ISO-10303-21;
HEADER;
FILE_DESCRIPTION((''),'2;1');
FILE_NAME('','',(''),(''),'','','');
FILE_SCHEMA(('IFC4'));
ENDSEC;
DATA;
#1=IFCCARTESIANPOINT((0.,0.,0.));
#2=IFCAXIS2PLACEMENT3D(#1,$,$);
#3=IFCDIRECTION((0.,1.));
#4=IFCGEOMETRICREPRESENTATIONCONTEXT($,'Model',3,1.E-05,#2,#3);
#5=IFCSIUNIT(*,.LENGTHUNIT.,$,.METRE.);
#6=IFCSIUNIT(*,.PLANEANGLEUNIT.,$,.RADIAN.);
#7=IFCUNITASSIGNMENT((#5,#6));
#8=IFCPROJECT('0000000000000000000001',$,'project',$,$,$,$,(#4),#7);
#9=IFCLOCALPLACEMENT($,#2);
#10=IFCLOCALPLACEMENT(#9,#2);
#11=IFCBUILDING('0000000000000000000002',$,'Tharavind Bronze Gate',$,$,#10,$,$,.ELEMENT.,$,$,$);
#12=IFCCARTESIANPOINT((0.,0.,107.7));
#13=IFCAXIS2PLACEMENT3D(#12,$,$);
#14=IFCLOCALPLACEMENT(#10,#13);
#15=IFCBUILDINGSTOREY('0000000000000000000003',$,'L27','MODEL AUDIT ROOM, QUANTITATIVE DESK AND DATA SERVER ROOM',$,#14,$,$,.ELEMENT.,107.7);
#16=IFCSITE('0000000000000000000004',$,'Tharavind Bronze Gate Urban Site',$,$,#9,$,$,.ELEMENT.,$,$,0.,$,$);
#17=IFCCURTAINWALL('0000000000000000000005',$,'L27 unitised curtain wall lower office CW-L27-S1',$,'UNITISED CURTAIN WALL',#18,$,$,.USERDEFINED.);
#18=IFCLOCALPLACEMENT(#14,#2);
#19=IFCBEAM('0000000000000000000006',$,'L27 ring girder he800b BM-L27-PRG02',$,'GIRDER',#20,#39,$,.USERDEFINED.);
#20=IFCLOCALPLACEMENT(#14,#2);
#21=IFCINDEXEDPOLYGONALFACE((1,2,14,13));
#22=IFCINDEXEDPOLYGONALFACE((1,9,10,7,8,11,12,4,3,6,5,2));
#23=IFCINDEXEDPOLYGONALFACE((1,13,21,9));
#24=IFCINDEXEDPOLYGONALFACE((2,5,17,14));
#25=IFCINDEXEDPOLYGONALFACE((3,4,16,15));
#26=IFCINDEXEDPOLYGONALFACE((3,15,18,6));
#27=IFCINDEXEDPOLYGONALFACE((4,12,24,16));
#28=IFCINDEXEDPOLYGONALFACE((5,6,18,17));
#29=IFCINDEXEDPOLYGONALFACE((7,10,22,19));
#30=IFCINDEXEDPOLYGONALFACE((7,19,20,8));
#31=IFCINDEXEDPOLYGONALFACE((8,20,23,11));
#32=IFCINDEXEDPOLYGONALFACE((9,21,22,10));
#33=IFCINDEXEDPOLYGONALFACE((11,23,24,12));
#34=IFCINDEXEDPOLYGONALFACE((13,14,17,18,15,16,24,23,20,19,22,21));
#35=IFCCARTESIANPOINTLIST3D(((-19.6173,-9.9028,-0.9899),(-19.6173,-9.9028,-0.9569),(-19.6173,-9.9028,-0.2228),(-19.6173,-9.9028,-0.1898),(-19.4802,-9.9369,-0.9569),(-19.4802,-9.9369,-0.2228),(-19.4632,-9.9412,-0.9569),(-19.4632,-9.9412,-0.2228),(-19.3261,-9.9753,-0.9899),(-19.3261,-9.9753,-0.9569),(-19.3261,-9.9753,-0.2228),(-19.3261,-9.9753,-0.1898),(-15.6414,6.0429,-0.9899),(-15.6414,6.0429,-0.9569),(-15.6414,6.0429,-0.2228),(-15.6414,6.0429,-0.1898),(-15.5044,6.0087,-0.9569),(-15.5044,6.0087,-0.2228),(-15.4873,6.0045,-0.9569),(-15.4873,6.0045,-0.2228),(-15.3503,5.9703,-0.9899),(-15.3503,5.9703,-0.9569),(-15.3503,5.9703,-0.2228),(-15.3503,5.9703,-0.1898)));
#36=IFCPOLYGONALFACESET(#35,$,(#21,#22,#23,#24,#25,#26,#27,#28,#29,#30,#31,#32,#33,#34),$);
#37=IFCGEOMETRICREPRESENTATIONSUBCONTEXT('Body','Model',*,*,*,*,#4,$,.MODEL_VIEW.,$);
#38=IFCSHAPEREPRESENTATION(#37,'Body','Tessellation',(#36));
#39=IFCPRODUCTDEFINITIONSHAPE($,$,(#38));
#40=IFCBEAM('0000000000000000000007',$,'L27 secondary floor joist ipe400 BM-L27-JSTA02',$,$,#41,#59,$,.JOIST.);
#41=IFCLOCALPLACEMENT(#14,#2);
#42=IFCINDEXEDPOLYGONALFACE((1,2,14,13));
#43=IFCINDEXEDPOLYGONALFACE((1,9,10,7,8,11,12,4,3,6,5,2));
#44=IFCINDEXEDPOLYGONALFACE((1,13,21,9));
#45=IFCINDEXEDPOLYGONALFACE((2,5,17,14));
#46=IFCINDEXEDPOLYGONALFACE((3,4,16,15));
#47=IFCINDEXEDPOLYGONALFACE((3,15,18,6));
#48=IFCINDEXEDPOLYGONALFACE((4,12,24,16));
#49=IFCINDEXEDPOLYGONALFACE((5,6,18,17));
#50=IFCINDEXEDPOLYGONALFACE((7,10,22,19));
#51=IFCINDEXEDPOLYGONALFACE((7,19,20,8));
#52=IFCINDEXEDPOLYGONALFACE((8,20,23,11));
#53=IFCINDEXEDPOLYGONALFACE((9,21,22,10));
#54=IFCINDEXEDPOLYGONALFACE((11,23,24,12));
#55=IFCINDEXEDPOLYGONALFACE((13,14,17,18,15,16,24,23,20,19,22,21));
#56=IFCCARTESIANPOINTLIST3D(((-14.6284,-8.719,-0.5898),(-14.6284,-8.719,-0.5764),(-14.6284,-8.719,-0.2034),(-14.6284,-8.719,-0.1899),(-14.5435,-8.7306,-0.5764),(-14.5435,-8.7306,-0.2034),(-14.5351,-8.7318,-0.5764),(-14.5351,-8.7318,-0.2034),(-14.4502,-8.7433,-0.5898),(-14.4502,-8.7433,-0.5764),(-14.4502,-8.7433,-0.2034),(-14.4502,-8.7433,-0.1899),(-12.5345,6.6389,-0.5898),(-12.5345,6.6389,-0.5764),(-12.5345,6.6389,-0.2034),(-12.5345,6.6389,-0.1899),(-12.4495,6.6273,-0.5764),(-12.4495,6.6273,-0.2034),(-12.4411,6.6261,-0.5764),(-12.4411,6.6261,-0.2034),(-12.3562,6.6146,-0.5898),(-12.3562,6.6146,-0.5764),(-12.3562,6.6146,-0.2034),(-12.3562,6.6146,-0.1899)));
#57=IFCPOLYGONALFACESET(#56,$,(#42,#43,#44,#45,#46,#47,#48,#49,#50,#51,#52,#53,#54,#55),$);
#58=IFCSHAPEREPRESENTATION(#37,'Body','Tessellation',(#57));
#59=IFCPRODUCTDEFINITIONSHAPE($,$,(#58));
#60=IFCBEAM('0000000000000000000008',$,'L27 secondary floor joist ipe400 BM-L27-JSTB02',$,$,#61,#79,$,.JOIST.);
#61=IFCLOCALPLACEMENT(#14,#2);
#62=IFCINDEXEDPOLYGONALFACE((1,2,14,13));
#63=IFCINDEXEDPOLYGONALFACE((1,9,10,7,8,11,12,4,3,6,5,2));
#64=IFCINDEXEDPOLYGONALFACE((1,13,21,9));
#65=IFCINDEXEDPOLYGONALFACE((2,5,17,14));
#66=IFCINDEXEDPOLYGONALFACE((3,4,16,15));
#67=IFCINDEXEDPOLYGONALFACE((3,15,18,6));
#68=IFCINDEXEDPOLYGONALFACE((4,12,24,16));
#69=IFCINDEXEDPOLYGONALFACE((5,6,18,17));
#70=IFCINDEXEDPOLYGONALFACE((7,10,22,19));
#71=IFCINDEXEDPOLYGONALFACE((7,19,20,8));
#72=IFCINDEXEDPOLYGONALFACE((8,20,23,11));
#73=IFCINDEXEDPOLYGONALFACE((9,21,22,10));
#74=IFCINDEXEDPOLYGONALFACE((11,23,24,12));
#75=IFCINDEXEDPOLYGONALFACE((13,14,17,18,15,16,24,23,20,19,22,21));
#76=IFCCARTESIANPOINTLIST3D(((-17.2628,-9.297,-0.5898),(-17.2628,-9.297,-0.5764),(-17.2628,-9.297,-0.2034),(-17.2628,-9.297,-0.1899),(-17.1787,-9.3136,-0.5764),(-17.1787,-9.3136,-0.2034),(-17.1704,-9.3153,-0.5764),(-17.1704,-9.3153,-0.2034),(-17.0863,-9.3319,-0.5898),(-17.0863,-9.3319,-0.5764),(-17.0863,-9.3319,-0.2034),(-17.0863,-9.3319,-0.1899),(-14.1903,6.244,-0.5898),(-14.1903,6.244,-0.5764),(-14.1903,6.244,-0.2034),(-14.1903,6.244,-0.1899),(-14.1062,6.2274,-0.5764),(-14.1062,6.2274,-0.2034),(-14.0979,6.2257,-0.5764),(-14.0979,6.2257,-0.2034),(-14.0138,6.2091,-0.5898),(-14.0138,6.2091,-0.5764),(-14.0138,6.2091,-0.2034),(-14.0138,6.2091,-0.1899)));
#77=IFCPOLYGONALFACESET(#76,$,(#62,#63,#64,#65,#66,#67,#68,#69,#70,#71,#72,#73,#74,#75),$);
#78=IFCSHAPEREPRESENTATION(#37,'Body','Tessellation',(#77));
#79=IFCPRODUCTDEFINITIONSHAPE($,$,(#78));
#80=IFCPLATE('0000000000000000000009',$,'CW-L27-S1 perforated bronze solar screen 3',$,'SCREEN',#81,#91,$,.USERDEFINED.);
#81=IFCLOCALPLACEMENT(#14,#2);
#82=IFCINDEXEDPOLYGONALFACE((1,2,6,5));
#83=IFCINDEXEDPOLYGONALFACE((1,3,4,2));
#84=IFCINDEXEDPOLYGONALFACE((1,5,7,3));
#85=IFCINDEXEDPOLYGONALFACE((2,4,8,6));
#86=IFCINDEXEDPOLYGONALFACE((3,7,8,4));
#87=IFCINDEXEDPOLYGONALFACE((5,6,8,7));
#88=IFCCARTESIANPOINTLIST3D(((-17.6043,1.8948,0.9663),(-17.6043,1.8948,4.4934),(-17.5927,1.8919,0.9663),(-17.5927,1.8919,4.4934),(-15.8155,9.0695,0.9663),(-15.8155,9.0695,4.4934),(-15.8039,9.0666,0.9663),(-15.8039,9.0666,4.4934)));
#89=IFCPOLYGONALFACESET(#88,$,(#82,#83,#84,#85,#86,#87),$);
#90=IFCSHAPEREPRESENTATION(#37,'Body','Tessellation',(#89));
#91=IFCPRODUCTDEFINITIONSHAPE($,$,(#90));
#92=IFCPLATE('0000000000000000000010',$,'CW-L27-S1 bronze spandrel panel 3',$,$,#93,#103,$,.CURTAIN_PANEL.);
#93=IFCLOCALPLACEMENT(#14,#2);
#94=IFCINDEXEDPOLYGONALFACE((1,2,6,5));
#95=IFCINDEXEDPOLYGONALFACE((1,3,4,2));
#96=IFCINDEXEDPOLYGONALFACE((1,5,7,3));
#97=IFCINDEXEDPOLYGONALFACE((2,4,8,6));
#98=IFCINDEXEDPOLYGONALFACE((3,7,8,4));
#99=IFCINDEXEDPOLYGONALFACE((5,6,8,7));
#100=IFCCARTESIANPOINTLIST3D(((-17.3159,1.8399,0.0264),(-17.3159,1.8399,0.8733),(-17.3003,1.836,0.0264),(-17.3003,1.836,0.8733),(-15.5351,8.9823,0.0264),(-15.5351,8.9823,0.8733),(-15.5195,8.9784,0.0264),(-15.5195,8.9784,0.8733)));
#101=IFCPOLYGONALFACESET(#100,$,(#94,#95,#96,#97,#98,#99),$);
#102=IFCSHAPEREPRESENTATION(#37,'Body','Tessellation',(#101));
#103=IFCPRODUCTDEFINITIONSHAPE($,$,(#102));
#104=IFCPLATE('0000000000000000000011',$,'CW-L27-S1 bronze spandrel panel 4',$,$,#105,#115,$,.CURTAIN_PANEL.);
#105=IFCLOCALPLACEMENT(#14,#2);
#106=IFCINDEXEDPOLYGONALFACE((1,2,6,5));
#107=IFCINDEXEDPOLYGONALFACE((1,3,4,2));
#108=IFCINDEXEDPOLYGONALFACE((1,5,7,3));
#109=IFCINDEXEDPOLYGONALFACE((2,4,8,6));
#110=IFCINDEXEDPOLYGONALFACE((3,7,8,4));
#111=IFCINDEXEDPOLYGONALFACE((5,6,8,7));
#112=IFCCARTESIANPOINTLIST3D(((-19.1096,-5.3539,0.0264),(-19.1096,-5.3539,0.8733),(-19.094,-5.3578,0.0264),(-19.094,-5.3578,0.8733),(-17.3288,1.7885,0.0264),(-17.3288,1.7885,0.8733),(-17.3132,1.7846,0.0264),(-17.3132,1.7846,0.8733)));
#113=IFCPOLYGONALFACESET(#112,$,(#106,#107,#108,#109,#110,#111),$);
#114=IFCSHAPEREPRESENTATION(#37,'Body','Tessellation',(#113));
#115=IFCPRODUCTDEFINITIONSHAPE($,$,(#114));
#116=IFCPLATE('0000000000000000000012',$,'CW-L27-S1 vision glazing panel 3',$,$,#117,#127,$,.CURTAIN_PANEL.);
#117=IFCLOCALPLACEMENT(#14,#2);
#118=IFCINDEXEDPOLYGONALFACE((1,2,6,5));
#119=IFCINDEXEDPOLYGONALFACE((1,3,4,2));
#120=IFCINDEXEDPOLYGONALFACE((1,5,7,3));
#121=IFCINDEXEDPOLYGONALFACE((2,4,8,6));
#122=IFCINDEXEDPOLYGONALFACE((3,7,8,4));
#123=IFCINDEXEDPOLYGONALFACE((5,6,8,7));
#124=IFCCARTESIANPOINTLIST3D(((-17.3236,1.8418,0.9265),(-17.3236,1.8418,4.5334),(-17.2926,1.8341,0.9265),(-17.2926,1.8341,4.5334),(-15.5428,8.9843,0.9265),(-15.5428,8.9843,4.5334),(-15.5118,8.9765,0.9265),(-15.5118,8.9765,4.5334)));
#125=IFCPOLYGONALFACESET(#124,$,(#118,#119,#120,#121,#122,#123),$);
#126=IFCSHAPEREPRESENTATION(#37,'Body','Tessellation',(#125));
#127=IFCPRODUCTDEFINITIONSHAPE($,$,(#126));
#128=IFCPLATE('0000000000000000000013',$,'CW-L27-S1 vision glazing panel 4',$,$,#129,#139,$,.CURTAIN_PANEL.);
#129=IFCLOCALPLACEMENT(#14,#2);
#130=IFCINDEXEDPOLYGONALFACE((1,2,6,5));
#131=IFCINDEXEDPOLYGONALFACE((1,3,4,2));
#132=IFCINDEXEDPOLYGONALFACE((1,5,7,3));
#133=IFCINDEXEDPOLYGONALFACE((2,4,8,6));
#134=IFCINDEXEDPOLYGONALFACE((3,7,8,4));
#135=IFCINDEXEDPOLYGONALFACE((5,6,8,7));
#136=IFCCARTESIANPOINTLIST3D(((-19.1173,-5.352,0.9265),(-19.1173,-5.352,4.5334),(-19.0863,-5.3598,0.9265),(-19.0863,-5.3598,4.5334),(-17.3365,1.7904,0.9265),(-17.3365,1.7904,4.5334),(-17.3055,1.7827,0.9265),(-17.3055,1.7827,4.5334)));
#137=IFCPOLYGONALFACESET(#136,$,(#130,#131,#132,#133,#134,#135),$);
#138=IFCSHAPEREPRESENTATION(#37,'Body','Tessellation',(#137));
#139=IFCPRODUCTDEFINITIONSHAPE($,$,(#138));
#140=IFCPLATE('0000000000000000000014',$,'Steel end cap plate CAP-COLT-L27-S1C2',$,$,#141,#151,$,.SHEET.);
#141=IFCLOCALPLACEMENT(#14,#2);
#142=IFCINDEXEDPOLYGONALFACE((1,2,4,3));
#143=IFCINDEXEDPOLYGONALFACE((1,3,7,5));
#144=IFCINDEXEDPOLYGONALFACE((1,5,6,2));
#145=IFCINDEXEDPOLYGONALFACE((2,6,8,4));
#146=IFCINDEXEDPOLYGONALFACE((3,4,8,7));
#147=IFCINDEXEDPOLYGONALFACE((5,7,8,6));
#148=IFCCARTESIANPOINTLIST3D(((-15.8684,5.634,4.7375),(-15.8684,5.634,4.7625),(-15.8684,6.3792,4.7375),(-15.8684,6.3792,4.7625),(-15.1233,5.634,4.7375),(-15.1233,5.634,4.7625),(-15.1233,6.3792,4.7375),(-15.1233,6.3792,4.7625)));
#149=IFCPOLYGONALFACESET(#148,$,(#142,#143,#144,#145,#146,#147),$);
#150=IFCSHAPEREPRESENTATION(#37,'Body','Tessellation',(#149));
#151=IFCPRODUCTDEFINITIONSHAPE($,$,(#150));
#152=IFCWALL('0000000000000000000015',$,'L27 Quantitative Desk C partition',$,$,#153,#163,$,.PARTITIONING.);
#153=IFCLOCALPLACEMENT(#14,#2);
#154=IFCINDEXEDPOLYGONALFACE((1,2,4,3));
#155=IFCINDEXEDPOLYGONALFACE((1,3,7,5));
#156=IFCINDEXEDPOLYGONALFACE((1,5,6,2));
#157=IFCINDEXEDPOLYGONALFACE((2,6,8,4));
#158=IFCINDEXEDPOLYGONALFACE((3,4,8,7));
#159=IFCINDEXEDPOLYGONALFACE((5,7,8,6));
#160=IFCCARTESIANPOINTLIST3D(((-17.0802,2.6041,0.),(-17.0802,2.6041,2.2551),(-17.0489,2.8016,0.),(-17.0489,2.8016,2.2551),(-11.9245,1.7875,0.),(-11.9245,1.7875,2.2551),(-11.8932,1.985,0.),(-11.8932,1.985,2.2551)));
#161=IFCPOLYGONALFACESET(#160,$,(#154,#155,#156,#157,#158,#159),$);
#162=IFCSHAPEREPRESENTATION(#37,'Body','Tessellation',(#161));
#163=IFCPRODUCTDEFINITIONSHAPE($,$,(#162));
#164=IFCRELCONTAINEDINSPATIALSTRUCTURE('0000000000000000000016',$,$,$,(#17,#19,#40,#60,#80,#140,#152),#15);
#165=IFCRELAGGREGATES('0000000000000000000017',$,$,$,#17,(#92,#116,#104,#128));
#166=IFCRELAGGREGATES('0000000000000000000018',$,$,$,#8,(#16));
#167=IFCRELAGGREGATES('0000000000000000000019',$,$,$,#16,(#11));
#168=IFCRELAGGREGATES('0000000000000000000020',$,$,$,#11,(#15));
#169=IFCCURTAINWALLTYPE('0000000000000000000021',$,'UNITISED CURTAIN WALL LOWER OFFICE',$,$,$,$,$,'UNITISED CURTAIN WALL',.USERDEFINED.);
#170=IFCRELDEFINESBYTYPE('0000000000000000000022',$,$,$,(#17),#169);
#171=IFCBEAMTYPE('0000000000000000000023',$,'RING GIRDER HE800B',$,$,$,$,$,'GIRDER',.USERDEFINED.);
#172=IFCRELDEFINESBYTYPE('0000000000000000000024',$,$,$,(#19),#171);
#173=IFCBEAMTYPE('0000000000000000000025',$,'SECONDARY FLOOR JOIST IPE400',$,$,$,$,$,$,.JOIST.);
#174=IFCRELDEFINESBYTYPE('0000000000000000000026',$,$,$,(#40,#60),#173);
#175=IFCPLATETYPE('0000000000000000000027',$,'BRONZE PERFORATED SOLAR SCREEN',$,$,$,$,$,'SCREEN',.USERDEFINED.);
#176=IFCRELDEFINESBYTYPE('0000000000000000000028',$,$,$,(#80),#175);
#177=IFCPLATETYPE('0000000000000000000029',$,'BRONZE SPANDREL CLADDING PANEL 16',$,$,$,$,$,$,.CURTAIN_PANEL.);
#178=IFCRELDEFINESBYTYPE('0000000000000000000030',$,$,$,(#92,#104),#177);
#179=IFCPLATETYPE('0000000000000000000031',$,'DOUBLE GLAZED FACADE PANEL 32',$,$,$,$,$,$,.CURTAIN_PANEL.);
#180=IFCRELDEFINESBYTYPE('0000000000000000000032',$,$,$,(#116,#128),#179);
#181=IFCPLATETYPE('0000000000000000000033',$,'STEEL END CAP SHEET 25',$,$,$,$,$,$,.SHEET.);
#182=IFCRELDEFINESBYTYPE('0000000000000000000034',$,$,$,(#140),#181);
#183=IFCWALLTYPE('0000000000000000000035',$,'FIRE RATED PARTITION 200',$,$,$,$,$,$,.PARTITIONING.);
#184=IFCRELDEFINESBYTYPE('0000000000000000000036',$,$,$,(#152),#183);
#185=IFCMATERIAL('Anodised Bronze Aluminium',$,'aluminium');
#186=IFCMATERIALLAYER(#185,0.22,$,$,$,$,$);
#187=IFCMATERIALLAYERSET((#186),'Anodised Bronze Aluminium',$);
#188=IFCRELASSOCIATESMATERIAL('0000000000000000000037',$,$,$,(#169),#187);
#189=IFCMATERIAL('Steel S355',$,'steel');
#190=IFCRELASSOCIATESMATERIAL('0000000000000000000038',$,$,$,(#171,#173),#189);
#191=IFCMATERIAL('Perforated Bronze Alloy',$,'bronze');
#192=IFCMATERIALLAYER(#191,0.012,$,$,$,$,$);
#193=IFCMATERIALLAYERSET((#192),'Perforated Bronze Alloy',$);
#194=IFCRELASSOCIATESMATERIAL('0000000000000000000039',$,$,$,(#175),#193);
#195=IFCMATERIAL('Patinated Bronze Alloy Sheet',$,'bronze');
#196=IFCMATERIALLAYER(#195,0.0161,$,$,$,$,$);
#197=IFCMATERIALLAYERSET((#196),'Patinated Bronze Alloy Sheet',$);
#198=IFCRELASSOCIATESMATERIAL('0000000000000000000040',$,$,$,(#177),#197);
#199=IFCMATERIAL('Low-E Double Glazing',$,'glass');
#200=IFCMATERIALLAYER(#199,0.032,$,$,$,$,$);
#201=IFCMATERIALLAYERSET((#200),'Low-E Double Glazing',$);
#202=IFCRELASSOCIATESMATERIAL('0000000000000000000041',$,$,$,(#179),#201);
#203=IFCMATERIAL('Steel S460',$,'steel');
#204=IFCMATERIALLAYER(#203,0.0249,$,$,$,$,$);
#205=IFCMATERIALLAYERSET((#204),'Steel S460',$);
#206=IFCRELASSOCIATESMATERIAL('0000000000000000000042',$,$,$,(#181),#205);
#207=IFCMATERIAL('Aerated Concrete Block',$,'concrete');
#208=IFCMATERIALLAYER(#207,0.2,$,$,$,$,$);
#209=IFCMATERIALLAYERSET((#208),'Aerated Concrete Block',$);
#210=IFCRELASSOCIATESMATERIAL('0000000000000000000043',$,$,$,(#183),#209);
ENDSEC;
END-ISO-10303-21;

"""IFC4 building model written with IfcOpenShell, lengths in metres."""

from ifc_helpers import new_model, si_unit, direction, frame, frame_2d, origin, origin_2d, place, context, subcontext, project, spatial, rectangle, i_section, extrude, material, layer, layer_set, material_profile, profile_set, type_object, element, aggregate, save


model = new_model("IFC4")

# Units and contexts
model_context = context("Model", 3, precision=1e-05, world=origin(), true_north=direction((0.0, 1.0)))
body_context = subcontext(model_context, "Body", "Model", "MODEL_VIEW")
ifc_project = project(units=[si_unit("LENGTHUNIT", "METRE"), si_unit("PLANEANGLEUNIT", "RADIAN")], contexts=[model_context])

# Site, building, storey
site_placement = place(None, origin())
site = spatial("IfcSite", under=ifc_project, at=site_placement, Name="Tharavind Bronze Gate Urban Site", CompositionType="ELEMENT", RefElevation=0.0)
building_placement = place(site_placement, origin())
building = spatial("IfcBuilding", under=site, at=building_placement, Name="Tharavind Bronze Gate", CompositionType="ELEMENT")
storey_placement = place(building_placement, frame((0.0, 0.0, 107.7)))
storey = spatial("IfcBuildingStorey", under=building, at=storey_placement, Name="L27", Description="MODEL AUDIT ROOM, QUANTITATIVE DESK AND DATA SERVER ROOM", CompositionType="ELEMENT", Elevation=107.7)

# Shared definitions
ifc_material_1 = material(Name="Steel S460", Category="steel")

# Curtain wall
ifc_material_2 = material(Name="Anodised Bronze Aluminium", Category="aluminium")
ifc_layer_1 = layer(ifc_material_2, 0.22)
ifc_layer_set_1 = layer_set([ifc_layer_1], Name="Anodised Bronze Aluminium")
curtain_wall_type = type_object("IfcCurtainWallType", Name="UNITISED CURTAIN WALL LOWER OFFICE", ElementType="UNITISED CURTAIN WALL", PredefinedType="USERDEFINED", material=ifc_layer_set_1)
curtain_wall_placement = place(storey_placement, origin())
curtain_wall = element("IfcCurtainWall", 1, at=curtain_wall_placement, inside=storey, type_object=curtain_wall_type, Name="L27 unitised curtain wall lower office CW-L27-S1", ObjectType="UNITISED CURTAIN WALL", PredefinedType="USERDEFINED")

# Beams
ifc_material_3 = material(Name="Steel S355", Category="steel")
ifc_material_profile_1 = material_profile(ifc_material_3, i_section(OverallWidth=0.3, OverallDepth=0.8, WebThickness=0.0176, FlangeThickness=0.033, at=origin_2d()), Name="HE800B")
ifc_profile_set_1 = profile_set([ifc_material_profile_1], Name="Steel S355")
beam_type_1 = type_object("IfcBeamType", Name="RING GIRDER HE800B", ElementType="GIRDER", PredefinedType="USERDEFINED", material=ifc_profile_set_1)
beam_1_placement = place(storey_placement, frame((-15.4958, 6.0066, -0.5898), z_axis=(-0.241931, -0.970293, 0.0), x_axis=(0.970293, -0.241931, 0.0)))
element("IfcBeam", 2, at=beam_1_placement, inside=storey, type_object=beam_type_1, Name="L27 ring girder he800b BM-L27-PRG02", ObjectType="GIRDER", PredefinedType="USERDEFINED", context=body_context, shape_type="SweptSolid", body=[
    extrude(i_section(OverallWidth=0.3, OverallDepth=0.8, WebThickness=0.0176, FlangeThickness=0.033, at=origin_2d()), origin(), (0.0, 0.0, 1.0), 16.4338),
])
ifc_material_profile_2 = material_profile(ifc_material_3, i_section(OverallWidth=0.1799, OverallDepth=0.3999, WebThickness=0.0085, FlangeThickness=0.0134, at=origin_2d()), Name="IPE400")
ifc_profile_set_2 = profile_set([ifc_material_profile_2], Name="Steel S355")
beam_type_2 = type_object("IfcBeamType", Name="SECONDARY FLOOR JOIST IPE400", PredefinedType="JOIST", material=ifc_profile_set_2)
beam_2_placement = place(storey_placement, frame((-12.4453, 6.6267, -0.3899), z_axis=(-0.135096, -0.990832, 0.0), x_axis=(0.990832, -0.135096, 0.0)))
element("IfcBeam", 3, at=beam_2_placement, inside=storey, type_object=beam_type_2, Name="L27 secondary floor joist ipe400 BM-L27-JSTA02", PredefinedType="JOIST", context=body_context, shape_type="SweptSolid", body=[
    extrude(i_section(OverallWidth=0.1799, OverallDepth=0.3999, WebThickness=0.0085, FlangeThickness=0.0134, at=origin_2d()), origin(), (0.0, 0.0, 1.0), 15.5),
])
beam_3_placement = place(storey_placement, frame((-14.1021, 6.2266, -0.3899), z_axis=(-0.193949, -0.981012, 0.0), x_axis=(0.981012, -0.193949, 0.0)))
element("IfcBeam", 4, at=beam_3_placement, inside=storey, type_object=beam_type_2, Name="L27 secondary floor joist ipe400 BM-L27-JSTB02", PredefinedType="JOIST", context=body_context, shape_type="SweptSolid", body=[
    extrude(i_section(OverallWidth=0.1799, OverallDepth=0.3999, WebThickness=0.0085, FlangeThickness=0.0134, at=origin_2d()), origin(), (0.0, 0.0, 1.0), 15.8418),
])

# Plates
ifc_material_4 = material(Name="Perforated Bronze Alloy", Category="bronze")
ifc_layer_2 = layer(ifc_material_4, 0.012)
ifc_layer_set_2 = layer_set([ifc_layer_2], Name="Perforated Bronze Alloy")
plate_type_1 = type_object("IfcPlateType", Name="BRONZE PERFORATED SOLAR SCREEN", ElementType="SCREEN", PredefinedType="USERDEFINED", material=ifc_layer_set_2)
plate_1_placement = place(storey_placement, frame((-16.7041, 5.4807, 0.9663), z_axis=(0.0, 0.0, 1.0), x_axis=(-0.241922, -0.970296, 0.0)))
element("IfcPlate", 5, at=plate_1_placement, inside=storey, type_object=plate_type_1, Name="CW-L27-S1 perforated bronze solar screen 3", ObjectType="SCREEN", PredefinedType="USERDEFINED", context=body_context, shape_type="SweptSolid", body=[
    extrude(rectangle(XDim=7.3943, YDim=0.012, at=origin_2d()), origin(), (0.0, 0.0, 1.0), 3.5271),
])
ifc_material_5 = material(Name="Patinated Bronze Alloy Sheet", Category="bronze")
ifc_layer_3 = layer(ifc_material_5, 0.0161)
ifc_layer_set_3 = layer_set([ifc_layer_3], Name="Patinated Bronze Alloy Sheet")
plate_type_2 = type_object("IfcPlateType", Name="BRONZE SPANDREL CLADDING PANEL 16", PredefinedType="CURTAIN_PANEL", material=ifc_layer_set_3)
plate_2_placement = place(storey_placement, frame((-16.4177, 5.4092, 0.0264), z_axis=(0.0, 0.0, 1.0), x_axis=(-0.241922, -0.970296, 0.0)))
plate_2 = element("IfcPlate", 6, at=plate_2_placement, type_object=plate_type_2, Name="CW-L27-S1 bronze spandrel panel 3", PredefinedType="CURTAIN_PANEL", context=body_context, shape_type="SweptSolid", body=[
    extrude(rectangle(XDim=7.3611, YDim=0.0161, at=origin_2d()), origin(), (0.0, 0.0, 1.0), 0.8469),
])
plate_3_placement = place(storey_placement, frame((-18.2114, -1.7847, 0.0264), z_axis=(0.0, 0.0, 1.0), x_axis=(-0.241922, -0.970296, 0.0)))
plate_3 = element("IfcPlate", 7, at=plate_3_placement, type_object=plate_type_2, Name="CW-L27-S1 bronze spandrel panel 4", PredefinedType="CURTAIN_PANEL", context=body_context, shape_type="SweptSolid", body=[
    extrude(rectangle(XDim=7.3611, YDim=0.0161, at=origin_2d()), origin(), (0.0, 0.0, 1.0), 0.8469),
])
ifc_material_6 = material(Name="Low-E Double Glazing", Category="glass")
ifc_layer_4 = layer(ifc_material_6, 0.032)
ifc_layer_set_4 = layer_set([ifc_layer_4], Name="Low-E Double Glazing")
plate_type_3 = type_object("IfcPlateType", Name="DOUBLE GLAZED FACADE PANEL 32", PredefinedType="CURTAIN_PANEL", material=ifc_layer_set_4)
plate_4_placement = place(storey_placement, frame((-16.4177, 5.4092, 0.9265), z_axis=(0.0, 0.0, 1.0), x_axis=(-0.241922, -0.970296, 0.0)))
plate_4 = element("IfcPlate", 8, at=plate_4_placement, type_object=plate_type_3, Name="CW-L27-S1 vision glazing panel 3", PredefinedType="CURTAIN_PANEL", context=body_context, shape_type="SweptSolid", body=[
    extrude(rectangle(XDim=7.3611, YDim=0.032, at=origin_2d()), origin(), (0.0, 0.0, 1.0), 3.6069),
])
plate_5_placement = place(storey_placement, frame((-18.2114, -1.7847, 0.9265), z_axis=(0.0, 0.0, 1.0), x_axis=(-0.241922, -0.970296, 0.0)))
plate_5 = element("IfcPlate", 9, at=plate_5_placement, type_object=plate_type_3, Name="CW-L27-S1 vision glazing panel 4", PredefinedType="CURTAIN_PANEL", context=body_context, shape_type="SweptSolid", body=[
    extrude(rectangle(XDim=7.3611, YDim=0.032, at=origin_2d()), origin(), (0.0, 0.0, 1.0), 3.6069),
])
aggregate(curtain_wall, [plate_2, plate_4, plate_3, plate_5])
ifc_layer_5 = layer(ifc_material_1, 0.0249)
ifc_layer_set_5 = layer_set([ifc_layer_5], Name="Steel S460")
plate_type_4 = type_object("IfcPlateType", Name="STEEL END CAP SHEET 25", PredefinedType="SHEET", material=ifc_layer_set_5)
plate_6_placement = place(storey_placement, frame((-15.4958, 6.0066, 4.7375), z_axis=(0.0, 0.0, 1.0), x_axis=(1.0, 0.0, 0.0)))
element("IfcPlate", 10, at=plate_6_placement, inside=storey, type_object=plate_type_4, Name="Steel end cap plate CAP-COLT-L27-S1C2", PredefinedType="SHEET", context=body_context, shape_type="SweptSolid", body=[
    extrude(rectangle(XDim=0.7451, YDim=0.7451, at=origin_2d()), origin(), (0.0, 0.0, 1.0), 0.0249),
])

# Wall
ifc_material_7 = material(Name="Aerated Concrete Block", Category="concrete")
ifc_layer_6 = layer(ifc_material_7, 0.2)
ifc_layer_set_6 = layer_set([ifc_layer_6], Name="Aerated Concrete Block")
wall_type = type_object("IfcWallType", Name="FIRE RATED PARTITION 200", PredefinedType="PARTITIONING", material=ifc_layer_set_6)
wall_1_placement = place(storey_placement, frame((-11.9089, 1.8862, 0.0), z_axis=(0.0, 0.0, 1.0), x_axis=(-0.987687, 0.156445, 0.0)))
element("IfcWall", 11, at=wall_1_placement, inside=storey, type_object=wall_type, Name="L27 Quantitative Desk C partition", PredefinedType="PARTITIONING", context=body_context, shape_type="SweptSolid", body=[
    extrude(rectangle(XDim=5.22, YDim=0.2, at=frame_2d((2.6099, 0.0))), origin(), (0.0, 0.0, 1.0), 2.2551),
])

save(model, "model.ifc")
